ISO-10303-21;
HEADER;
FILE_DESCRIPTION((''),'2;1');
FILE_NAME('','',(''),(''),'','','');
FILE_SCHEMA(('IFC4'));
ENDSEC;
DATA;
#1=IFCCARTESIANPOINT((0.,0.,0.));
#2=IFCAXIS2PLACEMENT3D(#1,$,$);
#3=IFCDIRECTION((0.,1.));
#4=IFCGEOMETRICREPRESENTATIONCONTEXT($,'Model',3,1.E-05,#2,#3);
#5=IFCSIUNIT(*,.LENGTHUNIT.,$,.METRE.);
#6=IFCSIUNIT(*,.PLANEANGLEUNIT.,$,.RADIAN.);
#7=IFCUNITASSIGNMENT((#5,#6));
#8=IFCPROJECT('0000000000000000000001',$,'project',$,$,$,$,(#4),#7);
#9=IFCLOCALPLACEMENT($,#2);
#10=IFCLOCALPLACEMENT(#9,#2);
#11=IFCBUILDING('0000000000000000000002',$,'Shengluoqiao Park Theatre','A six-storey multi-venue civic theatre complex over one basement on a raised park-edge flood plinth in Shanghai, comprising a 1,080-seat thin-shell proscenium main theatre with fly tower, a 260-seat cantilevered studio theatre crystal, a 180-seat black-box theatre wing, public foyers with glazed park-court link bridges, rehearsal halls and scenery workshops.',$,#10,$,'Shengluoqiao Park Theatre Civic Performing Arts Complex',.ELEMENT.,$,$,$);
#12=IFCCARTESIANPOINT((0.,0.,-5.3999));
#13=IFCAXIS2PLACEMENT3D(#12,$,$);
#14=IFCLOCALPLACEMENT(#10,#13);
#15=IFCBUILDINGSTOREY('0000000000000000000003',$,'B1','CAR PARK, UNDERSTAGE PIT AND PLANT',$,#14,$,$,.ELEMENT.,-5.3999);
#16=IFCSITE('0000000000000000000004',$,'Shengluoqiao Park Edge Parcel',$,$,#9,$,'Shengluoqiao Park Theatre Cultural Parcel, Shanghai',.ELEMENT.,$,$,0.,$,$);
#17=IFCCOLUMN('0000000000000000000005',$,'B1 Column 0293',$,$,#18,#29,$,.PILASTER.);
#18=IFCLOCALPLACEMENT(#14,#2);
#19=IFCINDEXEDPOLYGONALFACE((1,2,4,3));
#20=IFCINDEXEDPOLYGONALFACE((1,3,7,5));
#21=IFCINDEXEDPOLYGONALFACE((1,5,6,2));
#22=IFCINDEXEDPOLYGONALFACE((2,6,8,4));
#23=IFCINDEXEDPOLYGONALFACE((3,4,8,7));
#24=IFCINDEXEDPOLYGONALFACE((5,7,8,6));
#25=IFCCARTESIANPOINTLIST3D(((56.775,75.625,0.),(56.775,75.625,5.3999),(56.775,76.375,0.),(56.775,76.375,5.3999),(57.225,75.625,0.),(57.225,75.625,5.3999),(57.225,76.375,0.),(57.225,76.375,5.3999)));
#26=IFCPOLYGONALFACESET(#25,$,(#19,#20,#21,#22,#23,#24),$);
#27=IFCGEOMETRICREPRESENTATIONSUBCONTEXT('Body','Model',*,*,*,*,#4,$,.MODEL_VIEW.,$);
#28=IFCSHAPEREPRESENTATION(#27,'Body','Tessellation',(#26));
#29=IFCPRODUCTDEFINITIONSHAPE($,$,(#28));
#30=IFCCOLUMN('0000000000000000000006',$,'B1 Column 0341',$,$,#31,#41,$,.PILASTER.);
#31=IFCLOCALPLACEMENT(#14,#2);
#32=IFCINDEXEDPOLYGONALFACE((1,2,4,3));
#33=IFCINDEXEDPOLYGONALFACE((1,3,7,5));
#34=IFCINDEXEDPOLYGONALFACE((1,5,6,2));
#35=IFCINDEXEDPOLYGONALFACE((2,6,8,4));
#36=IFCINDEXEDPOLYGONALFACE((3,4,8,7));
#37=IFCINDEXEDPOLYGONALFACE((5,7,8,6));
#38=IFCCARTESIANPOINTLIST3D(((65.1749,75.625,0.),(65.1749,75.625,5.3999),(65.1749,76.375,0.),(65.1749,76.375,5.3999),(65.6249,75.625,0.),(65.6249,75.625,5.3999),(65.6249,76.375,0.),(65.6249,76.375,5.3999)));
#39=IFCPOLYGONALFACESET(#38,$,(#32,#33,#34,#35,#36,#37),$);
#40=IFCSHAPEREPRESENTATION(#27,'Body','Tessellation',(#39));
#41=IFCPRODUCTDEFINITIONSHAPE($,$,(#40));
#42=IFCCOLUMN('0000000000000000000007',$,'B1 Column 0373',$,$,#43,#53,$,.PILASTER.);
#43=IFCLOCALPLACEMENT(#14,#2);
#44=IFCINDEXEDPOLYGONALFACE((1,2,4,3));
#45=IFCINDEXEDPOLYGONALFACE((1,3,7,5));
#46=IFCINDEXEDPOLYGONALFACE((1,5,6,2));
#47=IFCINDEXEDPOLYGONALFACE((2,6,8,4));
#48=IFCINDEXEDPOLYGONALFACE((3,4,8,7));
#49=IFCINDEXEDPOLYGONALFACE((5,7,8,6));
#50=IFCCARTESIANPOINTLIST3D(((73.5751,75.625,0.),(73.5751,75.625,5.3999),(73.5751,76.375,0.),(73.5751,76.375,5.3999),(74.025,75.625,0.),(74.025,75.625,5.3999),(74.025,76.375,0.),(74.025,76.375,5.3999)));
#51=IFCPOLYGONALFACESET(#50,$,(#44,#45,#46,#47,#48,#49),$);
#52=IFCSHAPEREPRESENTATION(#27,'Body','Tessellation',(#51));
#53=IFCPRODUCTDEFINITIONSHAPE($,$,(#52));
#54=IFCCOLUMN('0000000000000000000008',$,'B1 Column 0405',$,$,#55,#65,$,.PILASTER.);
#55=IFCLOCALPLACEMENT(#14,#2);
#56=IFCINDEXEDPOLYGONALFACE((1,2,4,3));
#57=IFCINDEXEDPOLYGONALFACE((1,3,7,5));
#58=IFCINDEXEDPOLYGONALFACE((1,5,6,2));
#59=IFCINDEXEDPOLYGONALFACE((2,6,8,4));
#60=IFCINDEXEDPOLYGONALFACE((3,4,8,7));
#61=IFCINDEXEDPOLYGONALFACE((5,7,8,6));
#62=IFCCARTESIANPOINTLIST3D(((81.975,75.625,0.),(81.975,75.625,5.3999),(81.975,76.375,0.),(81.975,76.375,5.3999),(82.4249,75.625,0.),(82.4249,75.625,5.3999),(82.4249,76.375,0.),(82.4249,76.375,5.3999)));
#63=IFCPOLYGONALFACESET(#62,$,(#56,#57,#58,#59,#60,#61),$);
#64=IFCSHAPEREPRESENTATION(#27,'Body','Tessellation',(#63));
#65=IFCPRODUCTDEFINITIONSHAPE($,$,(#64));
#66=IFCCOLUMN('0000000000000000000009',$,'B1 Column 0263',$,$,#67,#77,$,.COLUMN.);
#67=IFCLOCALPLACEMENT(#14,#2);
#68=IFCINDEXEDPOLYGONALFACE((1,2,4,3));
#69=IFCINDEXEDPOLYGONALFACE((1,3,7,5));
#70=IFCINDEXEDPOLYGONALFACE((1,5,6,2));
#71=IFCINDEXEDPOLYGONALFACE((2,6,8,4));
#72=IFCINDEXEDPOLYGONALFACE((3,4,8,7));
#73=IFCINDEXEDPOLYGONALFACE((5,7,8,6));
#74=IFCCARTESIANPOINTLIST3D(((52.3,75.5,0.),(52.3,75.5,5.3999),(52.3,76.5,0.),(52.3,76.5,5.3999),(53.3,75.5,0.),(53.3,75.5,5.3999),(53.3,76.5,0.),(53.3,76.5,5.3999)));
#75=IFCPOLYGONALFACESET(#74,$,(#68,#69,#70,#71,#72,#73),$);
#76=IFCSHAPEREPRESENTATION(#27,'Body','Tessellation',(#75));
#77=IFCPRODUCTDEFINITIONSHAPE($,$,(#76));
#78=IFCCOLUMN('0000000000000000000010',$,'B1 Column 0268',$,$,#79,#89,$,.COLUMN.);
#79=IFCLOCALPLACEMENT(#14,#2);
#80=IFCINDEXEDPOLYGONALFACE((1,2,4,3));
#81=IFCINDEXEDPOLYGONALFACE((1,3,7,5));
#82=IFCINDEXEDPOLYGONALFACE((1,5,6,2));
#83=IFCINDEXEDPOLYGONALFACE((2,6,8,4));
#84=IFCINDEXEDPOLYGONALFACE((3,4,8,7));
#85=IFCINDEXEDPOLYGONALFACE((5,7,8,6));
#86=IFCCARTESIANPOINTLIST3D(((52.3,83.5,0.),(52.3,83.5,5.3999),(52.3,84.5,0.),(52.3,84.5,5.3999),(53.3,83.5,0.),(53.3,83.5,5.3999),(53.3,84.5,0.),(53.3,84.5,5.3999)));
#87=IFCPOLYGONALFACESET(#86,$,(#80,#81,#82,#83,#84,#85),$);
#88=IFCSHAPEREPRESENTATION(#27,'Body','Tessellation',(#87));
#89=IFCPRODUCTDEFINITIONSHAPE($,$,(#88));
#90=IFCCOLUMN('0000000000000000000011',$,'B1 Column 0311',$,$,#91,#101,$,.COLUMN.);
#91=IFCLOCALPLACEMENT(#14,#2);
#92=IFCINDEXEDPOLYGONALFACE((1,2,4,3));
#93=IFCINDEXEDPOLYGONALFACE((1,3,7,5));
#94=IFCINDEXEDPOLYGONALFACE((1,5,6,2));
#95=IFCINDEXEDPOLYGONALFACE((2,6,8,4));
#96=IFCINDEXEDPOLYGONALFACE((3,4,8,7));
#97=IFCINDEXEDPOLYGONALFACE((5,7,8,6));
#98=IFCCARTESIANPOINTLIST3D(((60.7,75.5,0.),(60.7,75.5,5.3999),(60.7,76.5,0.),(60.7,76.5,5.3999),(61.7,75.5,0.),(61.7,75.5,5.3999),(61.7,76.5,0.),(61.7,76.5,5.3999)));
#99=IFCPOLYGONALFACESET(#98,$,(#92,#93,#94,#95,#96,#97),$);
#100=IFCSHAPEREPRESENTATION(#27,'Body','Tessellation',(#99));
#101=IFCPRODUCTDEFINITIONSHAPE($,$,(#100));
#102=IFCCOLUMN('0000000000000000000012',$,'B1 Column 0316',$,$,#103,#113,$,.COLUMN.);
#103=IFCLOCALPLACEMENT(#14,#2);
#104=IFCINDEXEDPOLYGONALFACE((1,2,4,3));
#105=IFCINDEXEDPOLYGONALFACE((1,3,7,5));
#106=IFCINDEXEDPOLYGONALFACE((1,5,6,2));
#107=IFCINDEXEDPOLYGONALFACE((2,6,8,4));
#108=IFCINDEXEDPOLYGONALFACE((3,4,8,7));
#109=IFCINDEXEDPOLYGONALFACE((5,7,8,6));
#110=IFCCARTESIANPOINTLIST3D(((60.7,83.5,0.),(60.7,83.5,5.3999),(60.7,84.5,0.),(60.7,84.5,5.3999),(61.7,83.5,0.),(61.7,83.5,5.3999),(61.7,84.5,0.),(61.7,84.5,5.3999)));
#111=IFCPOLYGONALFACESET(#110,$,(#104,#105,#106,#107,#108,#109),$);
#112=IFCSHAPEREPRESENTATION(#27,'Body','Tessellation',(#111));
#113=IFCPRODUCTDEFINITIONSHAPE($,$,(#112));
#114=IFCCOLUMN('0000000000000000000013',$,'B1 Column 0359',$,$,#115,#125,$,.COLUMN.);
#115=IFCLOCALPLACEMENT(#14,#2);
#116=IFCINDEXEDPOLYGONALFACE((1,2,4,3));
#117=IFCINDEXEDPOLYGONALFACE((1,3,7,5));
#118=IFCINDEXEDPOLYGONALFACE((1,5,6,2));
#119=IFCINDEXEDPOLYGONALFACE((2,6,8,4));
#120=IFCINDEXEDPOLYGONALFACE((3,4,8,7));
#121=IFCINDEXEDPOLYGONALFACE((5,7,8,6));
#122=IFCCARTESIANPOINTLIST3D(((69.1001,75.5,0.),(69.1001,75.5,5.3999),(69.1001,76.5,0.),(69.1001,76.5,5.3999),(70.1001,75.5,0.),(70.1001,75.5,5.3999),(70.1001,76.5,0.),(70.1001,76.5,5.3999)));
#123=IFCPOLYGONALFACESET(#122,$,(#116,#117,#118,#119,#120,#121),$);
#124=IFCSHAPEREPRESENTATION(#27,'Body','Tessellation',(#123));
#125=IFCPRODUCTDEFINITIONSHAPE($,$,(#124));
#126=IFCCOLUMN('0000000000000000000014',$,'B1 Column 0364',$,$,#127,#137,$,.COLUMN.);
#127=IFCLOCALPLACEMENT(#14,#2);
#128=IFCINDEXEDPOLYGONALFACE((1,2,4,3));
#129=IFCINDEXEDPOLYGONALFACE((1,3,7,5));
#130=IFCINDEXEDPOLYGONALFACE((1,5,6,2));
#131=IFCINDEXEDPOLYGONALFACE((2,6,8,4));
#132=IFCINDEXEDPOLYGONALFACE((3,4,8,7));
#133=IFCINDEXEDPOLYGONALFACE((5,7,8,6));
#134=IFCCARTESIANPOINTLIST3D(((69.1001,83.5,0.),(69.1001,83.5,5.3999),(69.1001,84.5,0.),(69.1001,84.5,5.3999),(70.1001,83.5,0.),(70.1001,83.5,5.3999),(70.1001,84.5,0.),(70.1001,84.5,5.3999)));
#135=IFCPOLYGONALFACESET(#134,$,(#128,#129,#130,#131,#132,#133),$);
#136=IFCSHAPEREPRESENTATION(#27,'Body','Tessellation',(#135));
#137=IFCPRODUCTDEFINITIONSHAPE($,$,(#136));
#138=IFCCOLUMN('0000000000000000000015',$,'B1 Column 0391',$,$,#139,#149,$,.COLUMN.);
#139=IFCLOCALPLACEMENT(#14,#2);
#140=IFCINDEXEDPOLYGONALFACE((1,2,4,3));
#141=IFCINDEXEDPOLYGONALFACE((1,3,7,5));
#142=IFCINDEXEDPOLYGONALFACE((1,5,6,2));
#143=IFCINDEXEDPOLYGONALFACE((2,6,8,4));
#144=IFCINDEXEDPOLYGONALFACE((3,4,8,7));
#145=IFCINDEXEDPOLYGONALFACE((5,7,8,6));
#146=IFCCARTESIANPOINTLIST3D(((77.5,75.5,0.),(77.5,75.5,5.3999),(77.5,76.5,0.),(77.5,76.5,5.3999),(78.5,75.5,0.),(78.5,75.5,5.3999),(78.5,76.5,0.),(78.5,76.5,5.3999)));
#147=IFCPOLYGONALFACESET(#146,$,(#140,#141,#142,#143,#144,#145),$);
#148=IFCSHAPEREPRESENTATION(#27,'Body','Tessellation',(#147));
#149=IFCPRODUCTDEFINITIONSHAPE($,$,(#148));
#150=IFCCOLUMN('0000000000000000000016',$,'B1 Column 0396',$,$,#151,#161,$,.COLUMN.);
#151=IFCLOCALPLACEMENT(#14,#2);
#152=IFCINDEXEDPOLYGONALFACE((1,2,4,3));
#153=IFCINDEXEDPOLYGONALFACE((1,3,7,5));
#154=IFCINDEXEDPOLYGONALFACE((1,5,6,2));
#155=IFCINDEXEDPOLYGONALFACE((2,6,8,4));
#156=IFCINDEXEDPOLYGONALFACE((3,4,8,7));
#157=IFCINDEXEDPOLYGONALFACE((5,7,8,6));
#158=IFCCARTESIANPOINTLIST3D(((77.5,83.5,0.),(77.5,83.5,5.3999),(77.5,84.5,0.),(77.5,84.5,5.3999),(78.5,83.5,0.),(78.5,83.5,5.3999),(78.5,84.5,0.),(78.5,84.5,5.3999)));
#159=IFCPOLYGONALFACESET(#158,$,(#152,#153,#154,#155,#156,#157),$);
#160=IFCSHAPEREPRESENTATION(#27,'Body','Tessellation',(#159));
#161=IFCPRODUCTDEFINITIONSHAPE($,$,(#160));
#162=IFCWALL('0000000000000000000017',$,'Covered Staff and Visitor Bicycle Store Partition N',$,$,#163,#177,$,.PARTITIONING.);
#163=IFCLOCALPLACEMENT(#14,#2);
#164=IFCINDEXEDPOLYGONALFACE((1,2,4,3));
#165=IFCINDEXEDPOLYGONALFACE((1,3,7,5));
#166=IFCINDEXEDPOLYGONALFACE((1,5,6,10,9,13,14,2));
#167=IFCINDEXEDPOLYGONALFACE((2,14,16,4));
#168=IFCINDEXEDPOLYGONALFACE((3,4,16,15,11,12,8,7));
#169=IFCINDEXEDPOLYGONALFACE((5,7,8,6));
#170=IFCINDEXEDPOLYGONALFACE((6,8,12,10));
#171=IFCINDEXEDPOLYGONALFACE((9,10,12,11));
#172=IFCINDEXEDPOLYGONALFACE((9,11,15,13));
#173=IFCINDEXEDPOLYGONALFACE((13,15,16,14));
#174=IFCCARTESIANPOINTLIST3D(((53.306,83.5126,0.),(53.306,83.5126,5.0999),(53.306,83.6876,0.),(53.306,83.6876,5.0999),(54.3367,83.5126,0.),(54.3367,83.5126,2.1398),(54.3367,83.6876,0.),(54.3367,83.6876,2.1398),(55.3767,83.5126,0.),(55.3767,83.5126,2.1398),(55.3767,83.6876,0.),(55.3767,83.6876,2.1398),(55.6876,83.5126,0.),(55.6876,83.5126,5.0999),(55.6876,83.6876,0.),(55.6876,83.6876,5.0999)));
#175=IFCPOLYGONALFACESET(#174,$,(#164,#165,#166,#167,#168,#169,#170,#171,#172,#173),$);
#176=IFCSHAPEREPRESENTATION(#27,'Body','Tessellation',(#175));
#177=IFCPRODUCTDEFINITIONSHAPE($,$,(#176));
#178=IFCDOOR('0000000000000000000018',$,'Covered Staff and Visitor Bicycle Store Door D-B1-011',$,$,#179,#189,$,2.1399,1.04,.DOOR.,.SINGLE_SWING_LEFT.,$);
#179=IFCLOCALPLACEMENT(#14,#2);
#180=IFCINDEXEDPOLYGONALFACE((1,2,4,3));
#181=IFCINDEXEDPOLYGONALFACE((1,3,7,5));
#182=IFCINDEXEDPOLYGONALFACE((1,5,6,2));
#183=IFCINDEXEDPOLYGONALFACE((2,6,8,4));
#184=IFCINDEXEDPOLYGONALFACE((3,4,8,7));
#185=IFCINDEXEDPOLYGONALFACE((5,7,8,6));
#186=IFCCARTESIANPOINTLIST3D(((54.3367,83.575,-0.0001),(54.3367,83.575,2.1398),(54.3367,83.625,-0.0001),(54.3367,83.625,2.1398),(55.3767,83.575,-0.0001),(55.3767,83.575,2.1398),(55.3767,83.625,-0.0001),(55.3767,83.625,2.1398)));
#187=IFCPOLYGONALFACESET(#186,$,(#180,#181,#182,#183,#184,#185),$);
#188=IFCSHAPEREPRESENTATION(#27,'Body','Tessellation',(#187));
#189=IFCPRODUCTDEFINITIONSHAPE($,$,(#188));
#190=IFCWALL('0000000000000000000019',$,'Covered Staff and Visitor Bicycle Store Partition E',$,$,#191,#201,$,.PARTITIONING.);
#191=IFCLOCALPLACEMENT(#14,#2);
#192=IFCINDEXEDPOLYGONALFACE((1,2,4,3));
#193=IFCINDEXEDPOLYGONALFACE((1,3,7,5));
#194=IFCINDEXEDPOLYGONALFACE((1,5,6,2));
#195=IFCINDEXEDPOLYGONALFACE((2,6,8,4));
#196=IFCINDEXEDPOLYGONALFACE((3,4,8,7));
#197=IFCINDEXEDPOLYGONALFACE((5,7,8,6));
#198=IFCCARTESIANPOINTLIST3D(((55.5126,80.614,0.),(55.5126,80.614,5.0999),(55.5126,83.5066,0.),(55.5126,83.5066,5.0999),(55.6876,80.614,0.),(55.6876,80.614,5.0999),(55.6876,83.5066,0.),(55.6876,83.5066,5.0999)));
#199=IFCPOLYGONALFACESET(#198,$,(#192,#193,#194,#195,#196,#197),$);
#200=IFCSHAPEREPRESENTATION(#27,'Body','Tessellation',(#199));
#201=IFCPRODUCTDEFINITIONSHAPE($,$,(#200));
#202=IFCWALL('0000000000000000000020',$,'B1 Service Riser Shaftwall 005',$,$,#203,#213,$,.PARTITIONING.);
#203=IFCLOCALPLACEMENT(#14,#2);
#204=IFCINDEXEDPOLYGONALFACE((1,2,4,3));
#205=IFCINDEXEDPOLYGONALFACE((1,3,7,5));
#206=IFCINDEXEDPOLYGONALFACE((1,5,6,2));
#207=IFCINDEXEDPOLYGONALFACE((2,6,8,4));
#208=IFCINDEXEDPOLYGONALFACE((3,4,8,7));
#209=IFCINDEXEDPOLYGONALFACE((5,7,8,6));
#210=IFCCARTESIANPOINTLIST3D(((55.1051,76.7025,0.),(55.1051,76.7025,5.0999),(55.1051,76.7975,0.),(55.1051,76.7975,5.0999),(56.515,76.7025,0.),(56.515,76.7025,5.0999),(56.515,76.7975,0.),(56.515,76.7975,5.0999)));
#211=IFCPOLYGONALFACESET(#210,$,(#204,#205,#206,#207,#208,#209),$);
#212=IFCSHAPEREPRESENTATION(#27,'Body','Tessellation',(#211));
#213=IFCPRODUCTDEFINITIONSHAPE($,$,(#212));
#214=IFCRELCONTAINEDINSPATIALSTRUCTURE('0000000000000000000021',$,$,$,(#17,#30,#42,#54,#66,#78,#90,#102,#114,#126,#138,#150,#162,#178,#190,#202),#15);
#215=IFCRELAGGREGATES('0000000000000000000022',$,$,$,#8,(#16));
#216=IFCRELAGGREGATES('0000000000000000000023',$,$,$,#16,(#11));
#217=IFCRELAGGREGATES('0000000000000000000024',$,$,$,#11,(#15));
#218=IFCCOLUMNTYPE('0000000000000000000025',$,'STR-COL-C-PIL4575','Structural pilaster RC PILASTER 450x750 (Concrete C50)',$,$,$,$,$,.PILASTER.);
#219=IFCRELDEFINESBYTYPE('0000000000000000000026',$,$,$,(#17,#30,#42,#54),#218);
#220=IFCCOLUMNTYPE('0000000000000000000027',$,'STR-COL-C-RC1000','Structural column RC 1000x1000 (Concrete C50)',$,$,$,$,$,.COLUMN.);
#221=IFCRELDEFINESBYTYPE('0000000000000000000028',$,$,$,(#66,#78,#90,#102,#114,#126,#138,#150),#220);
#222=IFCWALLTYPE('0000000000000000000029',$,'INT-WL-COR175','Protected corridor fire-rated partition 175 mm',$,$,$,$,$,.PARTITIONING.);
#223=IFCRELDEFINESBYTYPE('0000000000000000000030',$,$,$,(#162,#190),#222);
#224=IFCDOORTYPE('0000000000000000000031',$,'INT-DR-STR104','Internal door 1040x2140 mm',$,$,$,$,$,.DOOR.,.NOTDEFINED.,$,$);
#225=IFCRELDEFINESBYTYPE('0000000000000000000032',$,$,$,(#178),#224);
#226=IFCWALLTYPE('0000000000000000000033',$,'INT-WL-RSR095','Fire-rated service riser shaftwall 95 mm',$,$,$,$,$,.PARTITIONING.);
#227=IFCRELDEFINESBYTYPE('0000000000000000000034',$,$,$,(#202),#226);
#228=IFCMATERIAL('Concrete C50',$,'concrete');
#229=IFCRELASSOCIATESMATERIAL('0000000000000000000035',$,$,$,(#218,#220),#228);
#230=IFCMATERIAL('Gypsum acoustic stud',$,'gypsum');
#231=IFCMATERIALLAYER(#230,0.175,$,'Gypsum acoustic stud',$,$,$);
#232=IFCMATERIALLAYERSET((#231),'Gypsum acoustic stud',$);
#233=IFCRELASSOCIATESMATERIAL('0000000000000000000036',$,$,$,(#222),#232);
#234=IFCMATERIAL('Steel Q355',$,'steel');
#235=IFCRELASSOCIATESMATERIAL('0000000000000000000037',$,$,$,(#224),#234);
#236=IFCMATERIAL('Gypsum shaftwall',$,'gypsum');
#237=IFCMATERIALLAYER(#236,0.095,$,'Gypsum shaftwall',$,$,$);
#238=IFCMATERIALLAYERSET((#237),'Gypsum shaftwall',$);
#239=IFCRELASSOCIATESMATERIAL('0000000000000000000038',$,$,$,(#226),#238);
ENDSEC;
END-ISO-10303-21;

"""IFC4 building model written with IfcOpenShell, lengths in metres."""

from ifc_helpers import new_model, si_unit, direction, frame, frame_2d, origin, origin_2d, place, context, subcontext, project, spatial, rectangle, extrude, material, layer, layer_set, material_profile, profile_set, type_object, element, fill, save


model = new_model("IFC4")

# Units and contexts
model_context = context("Model", 3, precision=1e-05, world=origin(), true_north=direction((0.0, 1.0)))
body_context = subcontext(model_context, "Body", "Model", "MODEL_VIEW")
ifc_project = project(units=[si_unit("LENGTHUNIT", "METRE"), si_unit("PLANEANGLEUNIT", "RADIAN")], contexts=[model_context])

# Site, building, storey
site_placement = place(None, origin())
site = spatial("IfcSite", under=ifc_project, at=site_placement, Name="Shengluoqiao Park Edge Parcel", LongName="Shengluoqiao Park Theatre Cultural Parcel, Shanghai", CompositionType="ELEMENT", RefElevation=0.0)
building_placement = place(site_placement, origin())
building = spatial("IfcBuilding", under=site, at=building_placement, Name="Shengluoqiao Park Theatre", Description="A six-storey multi-venue civic theatre complex over one basement on a raised park-edge flood plinth in Shanghai, comprising a 1,080-seat thin-shell proscenium main theatre with fly tower, a 260-seat cantilevered studio theatre crystal, a 180-seat black-box theatre wing, public foyers with glazed park-court link bridges, rehearsal halls and scenery workshops.", LongName="Shengluoqiao Park Theatre Civic Performing Arts Complex", CompositionType="ELEMENT")
storey_placement = place(building_placement, frame((0.0, 0.0, -5.3999)))
storey = spatial("IfcBuildingStorey", under=building, at=storey_placement, Name="B1", Description="CAR PARK, UNDERSTAGE PIT AND PLANT", CompositionType="ELEMENT", Elevation=-5.3999)

# Columns
ifc_material_1 = material(Name="Concrete C50", Category="concrete")
ifc_material_profile_1 = material_profile(ifc_material_1, rectangle(XDim=0.45, YDim=0.75, at=origin_2d()), Name="RC PILASTER 450x750")
ifc_profile_set_1 = profile_set([ifc_material_profile_1], Name="Concrete C50")
column_type_1 = type_object("IfcColumnType", Name="STR-COL-C-PIL4575", Description="Structural pilaster RC PILASTER 450x750 (Concrete C50)", PredefinedType="PILASTER", material=ifc_profile_set_1)
for number, where, z_axis, x_axis, name in (
    (1, (57.0, 76.0, 0.0), (0.0, 0.0, 1.0), (1.0, 0.0, 0.0), "B1 Column 0293"),
    (2, (65.3999, 76.0, 0.0), (0.0, 0.0, 1.0), (1.0, 0.0, 0.0), "B1 Column 0341"),
    (3, (73.8, 76.0, 0.0), (0.0, 0.0, 1.0), (1.0, 0.0, 0.0), "B1 Column 0373"),
    (4, (82.2, 76.0, 0.0), (0.0, 0.0, 1.0), (1.0, 0.0, 0.0), "B1 Column 0405"),
):
    element("IfcColumn", number, at=place(storey_placement, frame(where, z_axis=z_axis, x_axis=x_axis)), inside=storey, type_object=column_type_1, Name=name, PredefinedType="PILASTER", context=body_context, shape_type="SweptSolid", body=[
        extrude(rectangle(XDim=0.45, YDim=0.75, at=origin_2d()), origin(), (0.0, 0.0, 1.0), 5.3999),
    ])
ifc_material_profile_2 = material_profile(ifc_material_1, rectangle(XDim=1.0, YDim=1.0, at=origin_2d()), Name="RC 1000x1000")
ifc_profile_set_2 = profile_set([ifc_material_profile_2], Name="Concrete C50")
column_type_2 = type_object("IfcColumnType", Name="STR-COL-C-RC1000", Description="Structural column RC 1000x1000 (Concrete C50)", PredefinedType="COLUMN", material=ifc_profile_set_2)
for number, where, z_axis, x_axis, name in (
    (5, (52.8, 76.0, 0.0), (0.0, 0.0, 1.0), (1.0, 0.0, 0.0), "B1 Column 0263"),
    (6, (52.8, 84.0, 0.0), (0.0, 0.0, 1.0), (1.0, 0.0, 0.0), "B1 Column 0268"),
    (7, (61.2, 76.0, 0.0), (0.0, 0.0, 1.0), (1.0, 0.0, 0.0), "B1 Column 0311"),
    (8, (61.2, 84.0, 0.0), (0.0, 0.0, 1.0), (1.0, 0.0, 0.0), "B1 Column 0316"),
    (9, (69.6001, 76.0, 0.0), (0.0, 0.0, 1.0), (1.0, 0.0, 0.0), "B1 Column 0359"),
    (10, (69.6001, 84.0, 0.0), (0.0, 0.0, 1.0), (1.0, 0.0, 0.0), "B1 Column 0364"),
    (11, (78.0, 76.0, 0.0), (0.0, 0.0, 1.0), (1.0, 0.0, 0.0), "B1 Column 0391"),
    (12, (78.0, 84.0, 0.0), (0.0, 0.0, 1.0), (1.0, 0.0, 0.0), "B1 Column 0396"),
):
    element("IfcColumn", number, at=place(storey_placement, frame(where, z_axis=z_axis, x_axis=x_axis)), inside=storey, type_object=column_type_2, Name=name, PredefinedType="COLUMN", context=body_context, shape_type="SweptSolid", body=[
        extrude(rectangle(XDim=1.0, YDim=1.0, at=origin_2d()), origin(), (0.0, 0.0, 1.0), 5.3999),
    ])

# Wall, opening, door
ifc_material_2 = material(Name="Gypsum acoustic stud", Category="gypsum")
ifc_layer_1 = layer(ifc_material_2, 0.175, Name="Gypsum acoustic stud")
ifc_layer_set_1 = layer_set([ifc_layer_1], Name="Gypsum acoustic stud")
wall_type_1 = type_object("IfcWallType", Name="INT-WL-COR175", Description="Protected corridor fire-rated partition 175 mm", PredefinedType="PARTITIONING", material=ifc_layer_set_1)
wall_1_placement = place(storey_placement, frame((53.3059, 83.6001, 0.0), z_axis=(0.0, 0.0, 1.0), x_axis=(1.0, 0.0, 0.0)))
wall_1 = element("IfcWall", 13, at=wall_1_placement, inside=storey, type_object=wall_type_1, Name="Covered Staff and Visitor Bicycle Store Partition N", PredefinedType="PARTITIONING", context=body_context, shape_type="SweptSolid", body=[
    extrude(rectangle(XDim=2.3816, YDim=0.175, at=frame_2d((1.1909, 0.0))), origin(), (0.0, 0.0, 1.0), 5.0999),
])
opening_1_placement = place(wall_1_placement, frame((1.0308, 0.0, 0.0)))
opening_1 = element("IfcOpeningElement", 14, at=opening_1_placement, cuts=wall_1, PredefinedType="OPENING", context=body_context, shape_type="SweptSolid", body=[
    extrude(rectangle(XDim=1.04, YDim=2.1399, at=frame_2d((0.52, 1.0698))), frame((0.0, 0.0974, 0.0), z_axis=(0.0, -1.0, 0.0), x_axis=(1.0, 0.0, 0.0)), (0.0, 0.0, 1.0), 0.1951),
])
ifc_material_3 = material(Name="Steel Q355", Category="steel")
door_type_1 = type_object("IfcDoorType", Name="INT-DR-STR104", Description="Internal door 1040x2140 mm", OperationType="NOTDEFINED", PredefinedType="DOOR", material=ifc_material_3)
door_1_placement = place(opening_1_placement, origin())
door_1 = element("IfcDoor", 15, at=door_1_placement, inside=storey, type_object=door_type_1, Name="Covered Staff and Visitor Bicycle Store Door D-B1-011", OperationType="SINGLE_SWING_LEFT", OverallHeight=2.1399, OverallWidth=1.04, PredefinedType="DOOR", context=body_context, shape_type="SweptSolid", body=[
    extrude(rectangle(XDim=1.04, YDim=2.1399, at=frame_2d((0.52, 1.0698))), frame((0.0, 0.0249, 0.0), z_axis=(0.0, -1.0, 0.0), x_axis=(1.0, 0.0, 0.0)), (0.0, 0.0, 1.0), 0.05),
])
fill(opening_1, door_1)

# Walls
wall_2_placement = place(storey_placement, frame((55.6001, 80.614, 0.0), z_axis=(0.0, 0.0, 1.0), x_axis=(0.0, 1.0, 0.0)))
element("IfcWall", 16, at=wall_2_placement, inside=storey, type_object=wall_type_1, Name="Covered Staff and Visitor Bicycle Store Partition E", PredefinedType="PARTITIONING", context=body_context, shape_type="SweptSolid", body=[
    extrude(rectangle(XDim=2.8926, YDim=0.175, at=frame_2d((1.4463, 0.0))), origin(), (0.0, 0.0, 1.0), 5.0999),
])
ifc_material_4 = material(Name="Gypsum shaftwall", Category="gypsum")
ifc_layer_2 = layer(ifc_material_4, 0.095, Name="Gypsum shaftwall")
ifc_layer_set_2 = layer_set([ifc_layer_2], Name="Gypsum shaftwall")
wall_type_2 = type_object("IfcWallType", Name="INT-WL-RSR095", Description="Fire-rated service riser shaftwall 95 mm", PredefinedType="PARTITIONING", material=ifc_layer_set_2)
for number, where, z_axis, x_axis, name in (
    (17, (55.105, 76.75, 0.0), (0.0, 0.0, 1.0), (1.0, 0.0, 0.0), "B1 Service Riser Shaftwall 005"),
):
    element("IfcWall", number, at=place(storey_placement, frame(where, z_axis=z_axis, x_axis=x_axis)), inside=storey, type_object=wall_type_2, Name=name, PredefinedType="PARTITIONING", context=body_context, shape_type="SweptSolid", body=[
        extrude(rectangle(XDim=1.4099, YDim=0.095, at=frame_2d((0.7051, 0.0))), origin(), (0.0, 0.0, 1.0), 5.0999),
    ])

save(model, "model.ifc")
